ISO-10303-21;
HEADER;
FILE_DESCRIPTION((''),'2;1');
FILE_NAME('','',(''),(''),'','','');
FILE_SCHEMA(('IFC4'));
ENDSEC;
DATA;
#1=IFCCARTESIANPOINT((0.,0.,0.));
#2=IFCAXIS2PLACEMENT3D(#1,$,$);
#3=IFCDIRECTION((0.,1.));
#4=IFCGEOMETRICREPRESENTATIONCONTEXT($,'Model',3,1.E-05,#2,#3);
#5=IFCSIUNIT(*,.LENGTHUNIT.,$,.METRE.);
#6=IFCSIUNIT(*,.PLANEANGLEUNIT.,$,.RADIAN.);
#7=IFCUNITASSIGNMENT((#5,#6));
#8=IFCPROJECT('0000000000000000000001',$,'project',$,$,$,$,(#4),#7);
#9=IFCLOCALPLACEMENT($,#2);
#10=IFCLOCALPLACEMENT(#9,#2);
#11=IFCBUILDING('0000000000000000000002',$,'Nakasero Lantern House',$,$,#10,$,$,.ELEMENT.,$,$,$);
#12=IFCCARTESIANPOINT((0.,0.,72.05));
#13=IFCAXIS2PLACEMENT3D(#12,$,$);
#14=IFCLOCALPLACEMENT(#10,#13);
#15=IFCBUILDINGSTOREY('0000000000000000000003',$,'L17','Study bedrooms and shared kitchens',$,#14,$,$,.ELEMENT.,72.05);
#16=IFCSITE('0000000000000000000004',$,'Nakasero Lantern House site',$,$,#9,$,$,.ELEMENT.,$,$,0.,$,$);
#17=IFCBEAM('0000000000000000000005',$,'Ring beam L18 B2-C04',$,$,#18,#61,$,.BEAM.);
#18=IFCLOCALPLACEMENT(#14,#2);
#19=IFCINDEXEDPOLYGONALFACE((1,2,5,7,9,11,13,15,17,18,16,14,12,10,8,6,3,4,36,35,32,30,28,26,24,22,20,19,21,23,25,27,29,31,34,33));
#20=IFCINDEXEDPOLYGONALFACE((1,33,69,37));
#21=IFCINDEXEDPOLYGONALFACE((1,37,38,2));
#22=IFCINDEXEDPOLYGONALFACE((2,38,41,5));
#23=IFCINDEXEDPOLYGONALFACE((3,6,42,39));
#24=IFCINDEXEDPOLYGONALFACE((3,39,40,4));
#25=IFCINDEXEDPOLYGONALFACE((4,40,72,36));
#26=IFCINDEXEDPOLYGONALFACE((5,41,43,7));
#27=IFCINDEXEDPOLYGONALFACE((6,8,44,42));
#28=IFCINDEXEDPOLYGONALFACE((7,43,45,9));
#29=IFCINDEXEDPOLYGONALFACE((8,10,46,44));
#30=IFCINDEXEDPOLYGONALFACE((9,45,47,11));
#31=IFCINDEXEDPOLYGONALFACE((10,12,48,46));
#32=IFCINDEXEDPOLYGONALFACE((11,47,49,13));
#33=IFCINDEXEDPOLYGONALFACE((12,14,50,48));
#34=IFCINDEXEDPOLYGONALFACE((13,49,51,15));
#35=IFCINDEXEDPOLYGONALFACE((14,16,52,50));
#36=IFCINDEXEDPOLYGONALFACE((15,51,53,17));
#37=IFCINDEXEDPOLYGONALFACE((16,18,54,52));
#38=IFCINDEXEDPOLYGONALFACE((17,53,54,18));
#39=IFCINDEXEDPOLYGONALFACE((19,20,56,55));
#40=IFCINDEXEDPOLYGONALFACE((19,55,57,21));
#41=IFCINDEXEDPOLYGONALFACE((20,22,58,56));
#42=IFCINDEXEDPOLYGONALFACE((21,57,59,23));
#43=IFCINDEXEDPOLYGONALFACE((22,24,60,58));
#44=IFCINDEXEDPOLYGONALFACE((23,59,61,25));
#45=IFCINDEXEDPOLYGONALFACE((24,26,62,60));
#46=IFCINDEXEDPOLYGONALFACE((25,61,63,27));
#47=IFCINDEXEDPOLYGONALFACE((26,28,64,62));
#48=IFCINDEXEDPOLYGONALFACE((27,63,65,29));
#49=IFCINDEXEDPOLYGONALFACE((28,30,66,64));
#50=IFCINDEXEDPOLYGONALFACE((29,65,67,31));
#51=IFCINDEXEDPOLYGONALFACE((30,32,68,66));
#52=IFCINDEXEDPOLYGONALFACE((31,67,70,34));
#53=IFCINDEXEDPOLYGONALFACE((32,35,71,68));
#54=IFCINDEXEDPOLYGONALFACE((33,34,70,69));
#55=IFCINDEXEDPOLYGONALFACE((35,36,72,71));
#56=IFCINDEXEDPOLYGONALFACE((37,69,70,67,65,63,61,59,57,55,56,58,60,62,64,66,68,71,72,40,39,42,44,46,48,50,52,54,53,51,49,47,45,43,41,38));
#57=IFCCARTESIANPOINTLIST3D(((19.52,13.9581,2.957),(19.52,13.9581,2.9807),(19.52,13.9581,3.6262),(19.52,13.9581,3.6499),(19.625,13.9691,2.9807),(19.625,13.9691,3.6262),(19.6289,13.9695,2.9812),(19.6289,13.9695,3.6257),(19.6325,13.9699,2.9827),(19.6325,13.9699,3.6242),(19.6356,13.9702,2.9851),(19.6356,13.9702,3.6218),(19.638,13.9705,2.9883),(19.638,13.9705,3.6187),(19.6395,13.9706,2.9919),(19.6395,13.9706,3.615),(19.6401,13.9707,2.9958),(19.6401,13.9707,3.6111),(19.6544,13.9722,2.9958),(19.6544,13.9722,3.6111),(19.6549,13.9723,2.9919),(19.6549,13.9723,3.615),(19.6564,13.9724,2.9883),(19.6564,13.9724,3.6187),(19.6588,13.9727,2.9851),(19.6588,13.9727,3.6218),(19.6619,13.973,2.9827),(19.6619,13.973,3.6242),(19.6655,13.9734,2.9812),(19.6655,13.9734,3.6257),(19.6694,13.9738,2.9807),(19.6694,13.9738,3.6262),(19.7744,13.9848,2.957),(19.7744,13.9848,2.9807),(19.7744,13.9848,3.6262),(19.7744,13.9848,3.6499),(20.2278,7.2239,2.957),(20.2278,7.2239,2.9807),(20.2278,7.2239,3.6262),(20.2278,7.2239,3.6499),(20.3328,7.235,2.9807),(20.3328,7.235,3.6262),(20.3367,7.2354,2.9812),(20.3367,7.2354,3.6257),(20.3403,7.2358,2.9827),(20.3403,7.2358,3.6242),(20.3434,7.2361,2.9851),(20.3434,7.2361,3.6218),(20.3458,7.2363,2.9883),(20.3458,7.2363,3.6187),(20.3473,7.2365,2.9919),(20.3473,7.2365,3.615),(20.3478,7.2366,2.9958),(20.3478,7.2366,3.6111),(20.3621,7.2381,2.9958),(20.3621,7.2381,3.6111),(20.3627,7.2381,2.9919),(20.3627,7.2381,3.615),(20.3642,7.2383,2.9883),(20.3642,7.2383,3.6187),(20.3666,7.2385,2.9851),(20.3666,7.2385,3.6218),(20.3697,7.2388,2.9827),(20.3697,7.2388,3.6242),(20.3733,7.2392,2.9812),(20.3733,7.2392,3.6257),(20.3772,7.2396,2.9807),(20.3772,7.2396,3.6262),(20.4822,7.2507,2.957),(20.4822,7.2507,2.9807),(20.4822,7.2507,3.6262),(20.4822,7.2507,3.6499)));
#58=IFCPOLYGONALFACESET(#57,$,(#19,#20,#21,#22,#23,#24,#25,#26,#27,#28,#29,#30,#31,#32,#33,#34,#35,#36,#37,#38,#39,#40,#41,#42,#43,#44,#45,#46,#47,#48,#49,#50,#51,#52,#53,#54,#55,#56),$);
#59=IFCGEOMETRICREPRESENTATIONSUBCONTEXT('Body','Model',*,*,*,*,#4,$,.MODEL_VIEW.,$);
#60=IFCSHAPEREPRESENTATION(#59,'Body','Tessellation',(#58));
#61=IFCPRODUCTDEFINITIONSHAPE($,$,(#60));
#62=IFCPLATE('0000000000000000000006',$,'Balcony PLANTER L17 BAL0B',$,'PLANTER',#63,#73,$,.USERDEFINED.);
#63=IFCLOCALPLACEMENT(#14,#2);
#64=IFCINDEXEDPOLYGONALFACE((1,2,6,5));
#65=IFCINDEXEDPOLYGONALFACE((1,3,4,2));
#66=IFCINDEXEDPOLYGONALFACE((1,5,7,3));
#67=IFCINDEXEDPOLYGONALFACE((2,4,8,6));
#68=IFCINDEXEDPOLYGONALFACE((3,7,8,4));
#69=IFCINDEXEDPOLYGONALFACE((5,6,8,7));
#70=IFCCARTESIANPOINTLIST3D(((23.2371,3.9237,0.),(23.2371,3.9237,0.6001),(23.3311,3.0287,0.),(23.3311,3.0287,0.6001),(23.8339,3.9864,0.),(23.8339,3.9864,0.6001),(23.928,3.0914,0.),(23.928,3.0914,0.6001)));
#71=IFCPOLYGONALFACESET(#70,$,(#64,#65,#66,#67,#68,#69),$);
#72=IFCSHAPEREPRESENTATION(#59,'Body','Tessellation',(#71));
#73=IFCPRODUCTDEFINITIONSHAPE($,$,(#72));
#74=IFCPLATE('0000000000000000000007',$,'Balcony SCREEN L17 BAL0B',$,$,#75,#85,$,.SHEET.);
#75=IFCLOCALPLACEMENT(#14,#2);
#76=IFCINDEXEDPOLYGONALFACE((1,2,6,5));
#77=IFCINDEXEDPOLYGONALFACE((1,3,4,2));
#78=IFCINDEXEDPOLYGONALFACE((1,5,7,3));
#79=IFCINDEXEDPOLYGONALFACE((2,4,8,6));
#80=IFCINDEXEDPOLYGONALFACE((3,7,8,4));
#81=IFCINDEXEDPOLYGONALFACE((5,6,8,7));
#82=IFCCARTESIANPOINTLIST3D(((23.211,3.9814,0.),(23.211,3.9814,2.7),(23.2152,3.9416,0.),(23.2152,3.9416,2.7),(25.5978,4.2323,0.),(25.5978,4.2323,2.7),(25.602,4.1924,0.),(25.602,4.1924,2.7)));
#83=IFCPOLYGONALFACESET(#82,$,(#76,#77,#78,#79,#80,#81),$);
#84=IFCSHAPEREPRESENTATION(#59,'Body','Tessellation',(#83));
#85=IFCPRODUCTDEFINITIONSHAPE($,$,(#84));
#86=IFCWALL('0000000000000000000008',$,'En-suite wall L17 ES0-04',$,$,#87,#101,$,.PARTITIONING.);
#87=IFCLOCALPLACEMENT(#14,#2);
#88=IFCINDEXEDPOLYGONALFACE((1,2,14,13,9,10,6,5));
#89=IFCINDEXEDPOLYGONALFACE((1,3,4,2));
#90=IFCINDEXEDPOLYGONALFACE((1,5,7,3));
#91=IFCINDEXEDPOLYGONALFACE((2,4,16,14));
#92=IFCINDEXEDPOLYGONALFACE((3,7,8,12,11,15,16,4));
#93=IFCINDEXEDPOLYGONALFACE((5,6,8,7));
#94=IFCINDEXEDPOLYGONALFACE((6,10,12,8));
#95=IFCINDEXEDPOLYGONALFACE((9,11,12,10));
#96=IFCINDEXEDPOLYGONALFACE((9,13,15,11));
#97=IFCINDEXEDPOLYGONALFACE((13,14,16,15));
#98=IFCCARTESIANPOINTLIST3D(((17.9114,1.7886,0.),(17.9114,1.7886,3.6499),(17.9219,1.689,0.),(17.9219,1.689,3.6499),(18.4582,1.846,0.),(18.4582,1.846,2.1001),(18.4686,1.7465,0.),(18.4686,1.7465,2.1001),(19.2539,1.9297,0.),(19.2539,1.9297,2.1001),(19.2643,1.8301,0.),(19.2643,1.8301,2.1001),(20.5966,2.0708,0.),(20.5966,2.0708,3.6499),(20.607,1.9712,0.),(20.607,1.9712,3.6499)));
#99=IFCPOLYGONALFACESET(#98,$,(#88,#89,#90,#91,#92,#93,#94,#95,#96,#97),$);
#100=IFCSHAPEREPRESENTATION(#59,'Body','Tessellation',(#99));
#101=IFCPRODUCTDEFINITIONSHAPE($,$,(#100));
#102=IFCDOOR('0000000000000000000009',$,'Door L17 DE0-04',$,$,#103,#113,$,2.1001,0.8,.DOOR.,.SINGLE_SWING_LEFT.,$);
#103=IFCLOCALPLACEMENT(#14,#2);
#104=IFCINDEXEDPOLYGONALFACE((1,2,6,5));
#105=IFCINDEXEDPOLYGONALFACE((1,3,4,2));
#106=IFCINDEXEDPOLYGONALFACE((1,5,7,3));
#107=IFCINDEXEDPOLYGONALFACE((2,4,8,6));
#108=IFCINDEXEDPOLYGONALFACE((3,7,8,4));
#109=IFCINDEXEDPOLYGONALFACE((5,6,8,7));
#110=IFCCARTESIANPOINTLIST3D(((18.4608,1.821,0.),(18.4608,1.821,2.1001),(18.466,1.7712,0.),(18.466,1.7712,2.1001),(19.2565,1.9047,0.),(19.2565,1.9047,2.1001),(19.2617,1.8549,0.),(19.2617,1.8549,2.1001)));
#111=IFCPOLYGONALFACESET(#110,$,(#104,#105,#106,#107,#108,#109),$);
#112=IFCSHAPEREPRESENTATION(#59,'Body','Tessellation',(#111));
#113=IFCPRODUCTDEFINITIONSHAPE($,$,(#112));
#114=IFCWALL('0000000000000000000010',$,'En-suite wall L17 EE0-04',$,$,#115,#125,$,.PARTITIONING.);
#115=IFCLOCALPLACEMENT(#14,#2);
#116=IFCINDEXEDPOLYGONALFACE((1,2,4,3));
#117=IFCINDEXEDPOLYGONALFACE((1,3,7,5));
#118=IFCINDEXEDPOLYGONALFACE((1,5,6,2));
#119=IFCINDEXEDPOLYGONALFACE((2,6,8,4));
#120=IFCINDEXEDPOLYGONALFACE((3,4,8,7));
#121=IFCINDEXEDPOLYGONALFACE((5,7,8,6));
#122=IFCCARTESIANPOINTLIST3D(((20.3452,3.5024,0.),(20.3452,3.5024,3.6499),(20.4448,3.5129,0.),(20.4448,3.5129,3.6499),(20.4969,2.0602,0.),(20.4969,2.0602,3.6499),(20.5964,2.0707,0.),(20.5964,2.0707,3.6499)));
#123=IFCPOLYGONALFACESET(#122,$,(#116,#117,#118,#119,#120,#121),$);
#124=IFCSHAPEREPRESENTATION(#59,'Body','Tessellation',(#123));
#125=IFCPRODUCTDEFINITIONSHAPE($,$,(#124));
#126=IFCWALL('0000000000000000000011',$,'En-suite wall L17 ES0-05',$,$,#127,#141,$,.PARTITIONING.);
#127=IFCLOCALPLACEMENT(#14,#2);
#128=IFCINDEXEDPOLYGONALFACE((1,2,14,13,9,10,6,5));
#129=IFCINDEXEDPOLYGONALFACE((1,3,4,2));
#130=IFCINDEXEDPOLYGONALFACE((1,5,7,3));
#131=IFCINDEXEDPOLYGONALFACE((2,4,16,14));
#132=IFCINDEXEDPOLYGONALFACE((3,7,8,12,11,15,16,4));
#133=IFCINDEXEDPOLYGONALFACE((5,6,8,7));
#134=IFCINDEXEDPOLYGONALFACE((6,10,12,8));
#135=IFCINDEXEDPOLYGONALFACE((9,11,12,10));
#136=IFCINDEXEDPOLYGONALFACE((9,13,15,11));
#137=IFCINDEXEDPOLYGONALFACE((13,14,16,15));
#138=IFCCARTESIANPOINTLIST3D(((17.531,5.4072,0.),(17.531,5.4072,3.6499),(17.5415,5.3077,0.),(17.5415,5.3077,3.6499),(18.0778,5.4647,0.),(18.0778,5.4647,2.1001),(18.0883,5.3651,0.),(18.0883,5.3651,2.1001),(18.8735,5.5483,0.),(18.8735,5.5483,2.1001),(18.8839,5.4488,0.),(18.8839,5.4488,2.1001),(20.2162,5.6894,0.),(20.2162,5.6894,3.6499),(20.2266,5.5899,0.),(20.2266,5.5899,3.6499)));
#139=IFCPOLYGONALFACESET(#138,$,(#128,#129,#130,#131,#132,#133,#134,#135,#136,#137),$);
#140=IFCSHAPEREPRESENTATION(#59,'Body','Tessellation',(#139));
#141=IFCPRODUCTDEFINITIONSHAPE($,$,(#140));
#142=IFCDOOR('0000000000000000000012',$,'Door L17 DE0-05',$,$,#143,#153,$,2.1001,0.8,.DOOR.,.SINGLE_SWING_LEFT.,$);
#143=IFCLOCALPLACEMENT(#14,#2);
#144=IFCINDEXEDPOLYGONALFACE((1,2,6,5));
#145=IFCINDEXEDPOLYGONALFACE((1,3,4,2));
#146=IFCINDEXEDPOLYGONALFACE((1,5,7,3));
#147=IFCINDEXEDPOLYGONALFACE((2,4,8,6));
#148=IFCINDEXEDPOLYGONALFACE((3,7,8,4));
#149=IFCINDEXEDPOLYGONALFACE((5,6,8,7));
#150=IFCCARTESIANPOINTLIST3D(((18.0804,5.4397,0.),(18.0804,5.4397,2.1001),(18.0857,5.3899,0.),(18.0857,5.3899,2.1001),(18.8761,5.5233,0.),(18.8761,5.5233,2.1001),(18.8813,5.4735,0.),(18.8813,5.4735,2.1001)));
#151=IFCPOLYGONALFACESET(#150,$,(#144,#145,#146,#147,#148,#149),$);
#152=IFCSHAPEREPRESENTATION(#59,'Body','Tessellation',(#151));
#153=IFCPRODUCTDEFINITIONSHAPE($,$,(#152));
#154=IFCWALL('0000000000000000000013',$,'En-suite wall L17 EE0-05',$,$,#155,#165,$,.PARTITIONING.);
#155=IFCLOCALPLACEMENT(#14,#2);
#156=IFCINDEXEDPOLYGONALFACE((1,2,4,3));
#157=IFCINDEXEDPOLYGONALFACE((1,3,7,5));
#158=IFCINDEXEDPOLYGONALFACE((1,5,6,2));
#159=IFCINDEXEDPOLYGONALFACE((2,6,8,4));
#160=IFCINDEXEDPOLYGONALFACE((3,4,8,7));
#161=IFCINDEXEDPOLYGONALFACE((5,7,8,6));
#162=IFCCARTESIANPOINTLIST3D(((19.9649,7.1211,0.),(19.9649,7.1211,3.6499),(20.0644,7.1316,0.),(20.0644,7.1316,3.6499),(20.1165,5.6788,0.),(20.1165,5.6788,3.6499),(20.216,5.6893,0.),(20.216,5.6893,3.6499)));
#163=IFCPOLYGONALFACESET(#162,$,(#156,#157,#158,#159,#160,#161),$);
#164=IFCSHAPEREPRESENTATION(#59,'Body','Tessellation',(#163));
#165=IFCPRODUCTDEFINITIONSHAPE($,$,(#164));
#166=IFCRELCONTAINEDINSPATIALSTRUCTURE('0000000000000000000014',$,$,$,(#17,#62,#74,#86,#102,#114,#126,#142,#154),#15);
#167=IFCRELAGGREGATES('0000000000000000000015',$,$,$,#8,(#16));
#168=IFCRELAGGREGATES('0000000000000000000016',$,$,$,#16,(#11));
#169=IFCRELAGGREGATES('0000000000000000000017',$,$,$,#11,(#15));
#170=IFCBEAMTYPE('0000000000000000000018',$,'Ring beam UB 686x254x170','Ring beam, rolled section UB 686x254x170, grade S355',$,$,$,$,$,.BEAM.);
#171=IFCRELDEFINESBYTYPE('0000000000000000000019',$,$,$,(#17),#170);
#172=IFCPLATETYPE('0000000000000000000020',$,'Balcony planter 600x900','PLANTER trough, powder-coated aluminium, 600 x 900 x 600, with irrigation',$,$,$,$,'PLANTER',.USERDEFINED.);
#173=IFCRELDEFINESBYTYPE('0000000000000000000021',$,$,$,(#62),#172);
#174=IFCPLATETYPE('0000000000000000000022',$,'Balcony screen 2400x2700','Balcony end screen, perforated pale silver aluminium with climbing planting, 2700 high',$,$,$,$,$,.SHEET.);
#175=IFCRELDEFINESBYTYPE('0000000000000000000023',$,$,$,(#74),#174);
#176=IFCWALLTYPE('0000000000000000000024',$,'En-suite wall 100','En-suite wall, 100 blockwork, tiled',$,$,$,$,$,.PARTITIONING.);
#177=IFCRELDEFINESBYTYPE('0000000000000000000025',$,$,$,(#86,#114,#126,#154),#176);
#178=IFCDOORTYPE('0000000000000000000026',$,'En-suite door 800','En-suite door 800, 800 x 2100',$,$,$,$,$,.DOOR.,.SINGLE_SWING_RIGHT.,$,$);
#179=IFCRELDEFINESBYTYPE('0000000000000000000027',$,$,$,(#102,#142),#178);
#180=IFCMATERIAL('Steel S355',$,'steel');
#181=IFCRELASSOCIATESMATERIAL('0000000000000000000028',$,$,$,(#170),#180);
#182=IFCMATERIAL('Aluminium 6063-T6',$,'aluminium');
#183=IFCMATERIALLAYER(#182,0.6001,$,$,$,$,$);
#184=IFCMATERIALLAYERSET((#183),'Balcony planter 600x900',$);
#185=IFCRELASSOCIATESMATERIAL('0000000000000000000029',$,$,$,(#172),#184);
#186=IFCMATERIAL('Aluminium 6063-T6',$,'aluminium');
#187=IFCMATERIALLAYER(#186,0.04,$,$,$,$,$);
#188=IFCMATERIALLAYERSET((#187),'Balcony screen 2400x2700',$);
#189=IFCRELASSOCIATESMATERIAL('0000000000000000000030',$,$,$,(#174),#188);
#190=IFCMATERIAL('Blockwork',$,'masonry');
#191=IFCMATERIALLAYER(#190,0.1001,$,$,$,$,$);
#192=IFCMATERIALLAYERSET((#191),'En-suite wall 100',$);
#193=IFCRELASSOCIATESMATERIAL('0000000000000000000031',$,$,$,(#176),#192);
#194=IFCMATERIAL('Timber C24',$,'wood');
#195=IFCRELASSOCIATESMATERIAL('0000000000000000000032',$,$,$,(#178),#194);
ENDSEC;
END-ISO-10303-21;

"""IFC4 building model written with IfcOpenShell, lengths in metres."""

from ifc_helpers import new_model, si_unit, direction, frame, frame_2d, origin, origin_2d, place, context, subcontext, project, spatial, rectangle, i_section, extrude, material, layer, layer_set, material_profile, profile_set, type_object, element, fill, save


model = new_model("IFC4")

# Units and contexts
model_context = context("Model", 3, precision=1e-05, world=origin(), true_north=direction((0.0, 1.0)))
body_context = subcontext(model_context, "Body", "Model", "MODEL_VIEW")
ifc_project = project(units=[si_unit("LENGTHUNIT", "METRE"), si_unit("PLANEANGLEUNIT", "RADIAN")], contexts=[model_context])

# Site, building, storey
site_placement = place(None, origin())
site = spatial("IfcSite", under=ifc_project, at=site_placement, Name="Nakasero Lantern House site", CompositionType="ELEMENT", RefElevation=0.0)
building_placement = place(site_placement, origin())
building = spatial("IfcBuilding", under=site, at=building_placement, Name="Nakasero Lantern House", CompositionType="ELEMENT")
storey_placement = place(building_placement, frame((0.0, 0.0, 72.05)))
storey = spatial("IfcBuildingStorey", under=building, at=storey_placement, Name="L17", Description="Study bedrooms and shared kitchens", CompositionType="ELEMENT", Elevation=72.05)

# Beam
ifc_material_1 = material(Name="Steel S355", Category="steel")
ifc_material_profile_1 = material_profile(ifc_material_1, i_section(OverallWidth=0.2559, OverallDepth=0.6929, WebThickness=0.0144, FlangeThickness=0.0237, FilletRadius=0.0151, at=origin_2d()), Name="UB 686x254x170")
ifc_profile_set_1 = profile_set([ifc_material_profile_1], Name="Steel S355")
beam_type_1 = type_object("IfcBeamType", Name="Ring beam UB 686x254x170", Description="Ring beam, rolled section UB 686x254x170, grade S355", PredefinedType="BEAM", material=ifc_profile_set_1)
beam_1_placement = place(storey_placement, frame((20.355, 7.2373, 3.3035), z_axis=(-0.104525, 0.994522, 0.0), x_axis=(-0.994522, -0.104525, 0.0)))
element("IfcBeam", 1, at=beam_1_placement, inside=storey, type_object=beam_type_1, Name="Ring beam L18 B2-C04", PredefinedType="BEAM", context=body_context, shape_type="SweptSolid", body=[
    extrude(i_section(OverallWidth=0.2559, OverallDepth=0.6929, WebThickness=0.0144, FlangeThickness=0.0237, FilletRadius=0.0151, at=origin_2d()), origin(), (0.0, 0.0, 1.0), 6.7712),
])

# Plates
ifc_material_2 = material(Name="Aluminium 6063-T6", Category="aluminium")
ifc_layer_1 = layer(ifc_material_2, 0.6001)
ifc_layer_set_1 = layer_set([ifc_layer_1], Name="Balcony planter 600x900")
plate_type_1 = type_object("IfcPlateType", Name="Balcony planter 600x900", Description="PLANTER trough, powder-coated aluminium, 600 x 900 x 600, with irrigation", ElementType="PLANTER", PredefinedType="USERDEFINED", material=ifc_layer_set_1)
plate_1_placement = place(storey_placement, frame((23.5825, 3.5076, 0.0), z_axis=(0.0, 0.0, 1.0), x_axis=(0.994522, 0.104528, 0.0)))
element("IfcPlate", 2, at=plate_1_placement, inside=storey, type_object=plate_type_1, Name="Balcony PLANTER L17 BAL0B", ObjectType="PLANTER", PredefinedType="USERDEFINED", context=body_context, shape_type="SweptSolid", body=[
    extrude(rectangle(XDim=0.6001, YDim=0.8999, at=origin_2d()), origin(), (0.0, 0.0, 1.0), 0.6001),
])
ifc_material_3 = material(Name="Aluminium 6063-T6", Category="aluminium")
ifc_layer_2 = layer(ifc_material_3, 0.04)
ifc_layer_set_2 = layer_set([ifc_layer_2], Name="Balcony screen 2400x2700")
plate_type_2 = type_object("IfcPlateType", Name="Balcony screen 2400x2700", Description="Balcony end screen, perforated pale silver aluminium with climbing planting, 2700 high", PredefinedType="SHEET", material=ifc_layer_set_2)
plate_2_placement = place(storey_placement, frame((24.4065, 4.0869, 0.0), z_axis=(0.0, 0.0, 1.0), x_axis=(0.994522, 0.104528, 0.0)))
element("IfcPlate", 3, at=plate_2_placement, inside=storey, type_object=plate_type_2, Name="Balcony SCREEN L17 BAL0B", PredefinedType="SHEET", context=body_context, shape_type="SweptSolid", body=[
    extrude(rectangle(XDim=2.3999, YDim=0.04, at=origin_2d()), origin(), (0.0, 0.0, 1.0), 2.7),
])

# Wall, opening, door
ifc_material_4 = material(Name="Blockwork", Category="masonry")
ifc_layer_3 = layer(ifc_material_4, 0.1001)
ifc_layer_set_3 = layer_set([ifc_layer_3], Name="En-suite wall 100")
wall_type_1 = type_object("IfcWallType", Name="En-suite wall 100", Description="En-suite wall, 100 blockwork, tiled", PredefinedType="PARTITIONING", material=ifc_layer_set_3)
wall_1_placement = place(storey_placement, frame((17.9165, 1.7388, 0.0), z_axis=(0.0, 0.0, 1.0), x_axis=(0.994521, 0.104534, 0.0)))
wall_1 = element("IfcWall", 4, at=wall_1_placement, inside=storey, type_object=wall_type_1, Name="En-suite wall L17 ES0-04", PredefinedType="PARTITIONING", context=body_context, shape_type="SweptSolid", body=[
    extrude(rectangle(XDim=2.7, YDim=0.1001, at=frame_2d((1.3501, 0.0))), origin(), (0.0, 0.0, 1.0), 3.6499),
])
opening_1_placement = place(wall_1_placement, frame((0.55, 0.0, 0.0)))
opening_1 = element("IfcOpeningElement", 5, at=opening_1_placement, cuts=wall_1, PredefinedType="OPENING", context=body_context, shape_type="SweptSolid", body=[
    extrude(rectangle(XDim=0.8, YDim=2.1001, at=frame_2d((0.3999, 1.05))), frame((0.0, 0.0701, 0.0), z_axis=(0.0, -1.0, 0.0), x_axis=(1.0, 0.0, 0.0)), (0.0, 0.0, 1.0), 0.1401),
])
ifc_material_5 = material(Name="Timber C24", Category="wood")
door_type = type_object("IfcDoorType", Name="En-suite door 800", Description="En-suite door 800, 800 x 2100", OperationType="SINGLE_SWING_RIGHT", PredefinedType="DOOR", material=ifc_material_5)
door_1_placement = place(opening_1_placement, origin())
door_1 = element("IfcDoor", 6, at=door_1_placement, inside=storey, type_object=door_type, Name="Door L17 DE0-04", OperationType="SINGLE_SWING_LEFT", OverallHeight=2.1001, OverallWidth=0.8, PredefinedType="DOOR", context=body_context, shape_type="SweptSolid", body=[
    extrude(rectangle(XDim=0.8, YDim=2.1001, at=frame_2d((0.3999, 1.05))), frame((0.0, 0.0249, 0.0), z_axis=(0.0, -1.0, 0.0), x_axis=(1.0, 0.0, 0.0)), (0.0, 0.0, 1.0), 0.05),
])
fill(opening_1, door_1)

# Wall
wall_2_placement = place(storey_placement, frame((20.5466, 2.0654, 0.0), z_axis=(0.0, 0.0, 1.0), x_axis=(-0.104553, 0.994519, 0.0)))
element("IfcWall", 7, at=wall_2_placement, inside=storey, type_object=wall_type_1, Name="En-suite wall L17 EE0-04", PredefinedType="PARTITIONING", context=body_context, shape_type="SweptSolid", body=[
    extrude(rectangle(XDim=1.4502, YDim=0.1001, at=frame_2d((0.7251, 0.0))), origin(), (0.0, 0.0, 1.0), 3.6499),
])

# Wall, opening, door
wall_3_placement = place(storey_placement, frame((17.5361, 5.3574, 0.0), z_axis=(0.0, 0.0, 1.0), x_axis=(0.994521, 0.104534, 0.0)))
wall_3 = element("IfcWall", 8, at=wall_3_placement, inside=storey, type_object=wall_type_1, Name="En-suite wall L17 ES0-05", PredefinedType="PARTITIONING", context=body_context, shape_type="SweptSolid", body=[
    extrude(rectangle(XDim=2.7, YDim=0.1001, at=frame_2d((1.3501, 0.0))), origin(), (0.0, 0.0, 1.0), 3.6499),
])
opening_2_placement = place(wall_3_placement, frame((0.55, 0.0, 0.0)))
opening_2 = element("IfcOpeningElement", 9, at=opening_2_placement, cuts=wall_3, PredefinedType="OPENING", context=body_context, shape_type="SweptSolid", body=[
    extrude(rectangle(XDim=0.8, YDim=2.1001, at=frame_2d((0.3999, 1.05))), frame((0.0, 0.0701, 0.0), z_axis=(0.0, -1.0, 0.0), x_axis=(1.0, 0.0, 0.0)), (0.0, 0.0, 1.0), 0.1401),
])
door_2_placement = place(opening_2_placement, origin())
door_2 = element("IfcDoor", 10, at=door_2_placement, inside=storey, type_object=door_type, Name="Door L17 DE0-05", OperationType="SINGLE_SWING_LEFT", OverallHeight=2.1001, OverallWidth=0.8, PredefinedType="DOOR", context=body_context, shape_type="SweptSolid", body=[
    extrude(rectangle(XDim=0.8, YDim=2.1001, at=frame_2d((0.3999, 1.05))), frame((0.0, 0.0249, 0.0), z_axis=(0.0, -1.0, 0.0), x_axis=(1.0, 0.0, 0.0)), (0.0, 0.0, 1.0), 0.05),
])
fill(opening_2, door_2)

# Wall
wall_4_placement = place(storey_placement, frame((20.1663, 5.6841, 0.0), z_axis=(0.0, 0.0, 1.0), x_axis=(-0.104553, 0.994519, 0.0)))
element("IfcWall", 11, at=wall_4_placement, inside=storey, type_object=wall_type_1, Name="En-suite wall L17 EE0-05", PredefinedType="PARTITIONING", context=body_context, shape_type="SweptSolid", body=[
    extrude(rectangle(XDim=1.4502, YDim=0.1001, at=frame_2d((0.7251, 0.0))), origin(), (0.0, 0.0, 1.0), 3.6499),
])

save(model, "model.ifc")
